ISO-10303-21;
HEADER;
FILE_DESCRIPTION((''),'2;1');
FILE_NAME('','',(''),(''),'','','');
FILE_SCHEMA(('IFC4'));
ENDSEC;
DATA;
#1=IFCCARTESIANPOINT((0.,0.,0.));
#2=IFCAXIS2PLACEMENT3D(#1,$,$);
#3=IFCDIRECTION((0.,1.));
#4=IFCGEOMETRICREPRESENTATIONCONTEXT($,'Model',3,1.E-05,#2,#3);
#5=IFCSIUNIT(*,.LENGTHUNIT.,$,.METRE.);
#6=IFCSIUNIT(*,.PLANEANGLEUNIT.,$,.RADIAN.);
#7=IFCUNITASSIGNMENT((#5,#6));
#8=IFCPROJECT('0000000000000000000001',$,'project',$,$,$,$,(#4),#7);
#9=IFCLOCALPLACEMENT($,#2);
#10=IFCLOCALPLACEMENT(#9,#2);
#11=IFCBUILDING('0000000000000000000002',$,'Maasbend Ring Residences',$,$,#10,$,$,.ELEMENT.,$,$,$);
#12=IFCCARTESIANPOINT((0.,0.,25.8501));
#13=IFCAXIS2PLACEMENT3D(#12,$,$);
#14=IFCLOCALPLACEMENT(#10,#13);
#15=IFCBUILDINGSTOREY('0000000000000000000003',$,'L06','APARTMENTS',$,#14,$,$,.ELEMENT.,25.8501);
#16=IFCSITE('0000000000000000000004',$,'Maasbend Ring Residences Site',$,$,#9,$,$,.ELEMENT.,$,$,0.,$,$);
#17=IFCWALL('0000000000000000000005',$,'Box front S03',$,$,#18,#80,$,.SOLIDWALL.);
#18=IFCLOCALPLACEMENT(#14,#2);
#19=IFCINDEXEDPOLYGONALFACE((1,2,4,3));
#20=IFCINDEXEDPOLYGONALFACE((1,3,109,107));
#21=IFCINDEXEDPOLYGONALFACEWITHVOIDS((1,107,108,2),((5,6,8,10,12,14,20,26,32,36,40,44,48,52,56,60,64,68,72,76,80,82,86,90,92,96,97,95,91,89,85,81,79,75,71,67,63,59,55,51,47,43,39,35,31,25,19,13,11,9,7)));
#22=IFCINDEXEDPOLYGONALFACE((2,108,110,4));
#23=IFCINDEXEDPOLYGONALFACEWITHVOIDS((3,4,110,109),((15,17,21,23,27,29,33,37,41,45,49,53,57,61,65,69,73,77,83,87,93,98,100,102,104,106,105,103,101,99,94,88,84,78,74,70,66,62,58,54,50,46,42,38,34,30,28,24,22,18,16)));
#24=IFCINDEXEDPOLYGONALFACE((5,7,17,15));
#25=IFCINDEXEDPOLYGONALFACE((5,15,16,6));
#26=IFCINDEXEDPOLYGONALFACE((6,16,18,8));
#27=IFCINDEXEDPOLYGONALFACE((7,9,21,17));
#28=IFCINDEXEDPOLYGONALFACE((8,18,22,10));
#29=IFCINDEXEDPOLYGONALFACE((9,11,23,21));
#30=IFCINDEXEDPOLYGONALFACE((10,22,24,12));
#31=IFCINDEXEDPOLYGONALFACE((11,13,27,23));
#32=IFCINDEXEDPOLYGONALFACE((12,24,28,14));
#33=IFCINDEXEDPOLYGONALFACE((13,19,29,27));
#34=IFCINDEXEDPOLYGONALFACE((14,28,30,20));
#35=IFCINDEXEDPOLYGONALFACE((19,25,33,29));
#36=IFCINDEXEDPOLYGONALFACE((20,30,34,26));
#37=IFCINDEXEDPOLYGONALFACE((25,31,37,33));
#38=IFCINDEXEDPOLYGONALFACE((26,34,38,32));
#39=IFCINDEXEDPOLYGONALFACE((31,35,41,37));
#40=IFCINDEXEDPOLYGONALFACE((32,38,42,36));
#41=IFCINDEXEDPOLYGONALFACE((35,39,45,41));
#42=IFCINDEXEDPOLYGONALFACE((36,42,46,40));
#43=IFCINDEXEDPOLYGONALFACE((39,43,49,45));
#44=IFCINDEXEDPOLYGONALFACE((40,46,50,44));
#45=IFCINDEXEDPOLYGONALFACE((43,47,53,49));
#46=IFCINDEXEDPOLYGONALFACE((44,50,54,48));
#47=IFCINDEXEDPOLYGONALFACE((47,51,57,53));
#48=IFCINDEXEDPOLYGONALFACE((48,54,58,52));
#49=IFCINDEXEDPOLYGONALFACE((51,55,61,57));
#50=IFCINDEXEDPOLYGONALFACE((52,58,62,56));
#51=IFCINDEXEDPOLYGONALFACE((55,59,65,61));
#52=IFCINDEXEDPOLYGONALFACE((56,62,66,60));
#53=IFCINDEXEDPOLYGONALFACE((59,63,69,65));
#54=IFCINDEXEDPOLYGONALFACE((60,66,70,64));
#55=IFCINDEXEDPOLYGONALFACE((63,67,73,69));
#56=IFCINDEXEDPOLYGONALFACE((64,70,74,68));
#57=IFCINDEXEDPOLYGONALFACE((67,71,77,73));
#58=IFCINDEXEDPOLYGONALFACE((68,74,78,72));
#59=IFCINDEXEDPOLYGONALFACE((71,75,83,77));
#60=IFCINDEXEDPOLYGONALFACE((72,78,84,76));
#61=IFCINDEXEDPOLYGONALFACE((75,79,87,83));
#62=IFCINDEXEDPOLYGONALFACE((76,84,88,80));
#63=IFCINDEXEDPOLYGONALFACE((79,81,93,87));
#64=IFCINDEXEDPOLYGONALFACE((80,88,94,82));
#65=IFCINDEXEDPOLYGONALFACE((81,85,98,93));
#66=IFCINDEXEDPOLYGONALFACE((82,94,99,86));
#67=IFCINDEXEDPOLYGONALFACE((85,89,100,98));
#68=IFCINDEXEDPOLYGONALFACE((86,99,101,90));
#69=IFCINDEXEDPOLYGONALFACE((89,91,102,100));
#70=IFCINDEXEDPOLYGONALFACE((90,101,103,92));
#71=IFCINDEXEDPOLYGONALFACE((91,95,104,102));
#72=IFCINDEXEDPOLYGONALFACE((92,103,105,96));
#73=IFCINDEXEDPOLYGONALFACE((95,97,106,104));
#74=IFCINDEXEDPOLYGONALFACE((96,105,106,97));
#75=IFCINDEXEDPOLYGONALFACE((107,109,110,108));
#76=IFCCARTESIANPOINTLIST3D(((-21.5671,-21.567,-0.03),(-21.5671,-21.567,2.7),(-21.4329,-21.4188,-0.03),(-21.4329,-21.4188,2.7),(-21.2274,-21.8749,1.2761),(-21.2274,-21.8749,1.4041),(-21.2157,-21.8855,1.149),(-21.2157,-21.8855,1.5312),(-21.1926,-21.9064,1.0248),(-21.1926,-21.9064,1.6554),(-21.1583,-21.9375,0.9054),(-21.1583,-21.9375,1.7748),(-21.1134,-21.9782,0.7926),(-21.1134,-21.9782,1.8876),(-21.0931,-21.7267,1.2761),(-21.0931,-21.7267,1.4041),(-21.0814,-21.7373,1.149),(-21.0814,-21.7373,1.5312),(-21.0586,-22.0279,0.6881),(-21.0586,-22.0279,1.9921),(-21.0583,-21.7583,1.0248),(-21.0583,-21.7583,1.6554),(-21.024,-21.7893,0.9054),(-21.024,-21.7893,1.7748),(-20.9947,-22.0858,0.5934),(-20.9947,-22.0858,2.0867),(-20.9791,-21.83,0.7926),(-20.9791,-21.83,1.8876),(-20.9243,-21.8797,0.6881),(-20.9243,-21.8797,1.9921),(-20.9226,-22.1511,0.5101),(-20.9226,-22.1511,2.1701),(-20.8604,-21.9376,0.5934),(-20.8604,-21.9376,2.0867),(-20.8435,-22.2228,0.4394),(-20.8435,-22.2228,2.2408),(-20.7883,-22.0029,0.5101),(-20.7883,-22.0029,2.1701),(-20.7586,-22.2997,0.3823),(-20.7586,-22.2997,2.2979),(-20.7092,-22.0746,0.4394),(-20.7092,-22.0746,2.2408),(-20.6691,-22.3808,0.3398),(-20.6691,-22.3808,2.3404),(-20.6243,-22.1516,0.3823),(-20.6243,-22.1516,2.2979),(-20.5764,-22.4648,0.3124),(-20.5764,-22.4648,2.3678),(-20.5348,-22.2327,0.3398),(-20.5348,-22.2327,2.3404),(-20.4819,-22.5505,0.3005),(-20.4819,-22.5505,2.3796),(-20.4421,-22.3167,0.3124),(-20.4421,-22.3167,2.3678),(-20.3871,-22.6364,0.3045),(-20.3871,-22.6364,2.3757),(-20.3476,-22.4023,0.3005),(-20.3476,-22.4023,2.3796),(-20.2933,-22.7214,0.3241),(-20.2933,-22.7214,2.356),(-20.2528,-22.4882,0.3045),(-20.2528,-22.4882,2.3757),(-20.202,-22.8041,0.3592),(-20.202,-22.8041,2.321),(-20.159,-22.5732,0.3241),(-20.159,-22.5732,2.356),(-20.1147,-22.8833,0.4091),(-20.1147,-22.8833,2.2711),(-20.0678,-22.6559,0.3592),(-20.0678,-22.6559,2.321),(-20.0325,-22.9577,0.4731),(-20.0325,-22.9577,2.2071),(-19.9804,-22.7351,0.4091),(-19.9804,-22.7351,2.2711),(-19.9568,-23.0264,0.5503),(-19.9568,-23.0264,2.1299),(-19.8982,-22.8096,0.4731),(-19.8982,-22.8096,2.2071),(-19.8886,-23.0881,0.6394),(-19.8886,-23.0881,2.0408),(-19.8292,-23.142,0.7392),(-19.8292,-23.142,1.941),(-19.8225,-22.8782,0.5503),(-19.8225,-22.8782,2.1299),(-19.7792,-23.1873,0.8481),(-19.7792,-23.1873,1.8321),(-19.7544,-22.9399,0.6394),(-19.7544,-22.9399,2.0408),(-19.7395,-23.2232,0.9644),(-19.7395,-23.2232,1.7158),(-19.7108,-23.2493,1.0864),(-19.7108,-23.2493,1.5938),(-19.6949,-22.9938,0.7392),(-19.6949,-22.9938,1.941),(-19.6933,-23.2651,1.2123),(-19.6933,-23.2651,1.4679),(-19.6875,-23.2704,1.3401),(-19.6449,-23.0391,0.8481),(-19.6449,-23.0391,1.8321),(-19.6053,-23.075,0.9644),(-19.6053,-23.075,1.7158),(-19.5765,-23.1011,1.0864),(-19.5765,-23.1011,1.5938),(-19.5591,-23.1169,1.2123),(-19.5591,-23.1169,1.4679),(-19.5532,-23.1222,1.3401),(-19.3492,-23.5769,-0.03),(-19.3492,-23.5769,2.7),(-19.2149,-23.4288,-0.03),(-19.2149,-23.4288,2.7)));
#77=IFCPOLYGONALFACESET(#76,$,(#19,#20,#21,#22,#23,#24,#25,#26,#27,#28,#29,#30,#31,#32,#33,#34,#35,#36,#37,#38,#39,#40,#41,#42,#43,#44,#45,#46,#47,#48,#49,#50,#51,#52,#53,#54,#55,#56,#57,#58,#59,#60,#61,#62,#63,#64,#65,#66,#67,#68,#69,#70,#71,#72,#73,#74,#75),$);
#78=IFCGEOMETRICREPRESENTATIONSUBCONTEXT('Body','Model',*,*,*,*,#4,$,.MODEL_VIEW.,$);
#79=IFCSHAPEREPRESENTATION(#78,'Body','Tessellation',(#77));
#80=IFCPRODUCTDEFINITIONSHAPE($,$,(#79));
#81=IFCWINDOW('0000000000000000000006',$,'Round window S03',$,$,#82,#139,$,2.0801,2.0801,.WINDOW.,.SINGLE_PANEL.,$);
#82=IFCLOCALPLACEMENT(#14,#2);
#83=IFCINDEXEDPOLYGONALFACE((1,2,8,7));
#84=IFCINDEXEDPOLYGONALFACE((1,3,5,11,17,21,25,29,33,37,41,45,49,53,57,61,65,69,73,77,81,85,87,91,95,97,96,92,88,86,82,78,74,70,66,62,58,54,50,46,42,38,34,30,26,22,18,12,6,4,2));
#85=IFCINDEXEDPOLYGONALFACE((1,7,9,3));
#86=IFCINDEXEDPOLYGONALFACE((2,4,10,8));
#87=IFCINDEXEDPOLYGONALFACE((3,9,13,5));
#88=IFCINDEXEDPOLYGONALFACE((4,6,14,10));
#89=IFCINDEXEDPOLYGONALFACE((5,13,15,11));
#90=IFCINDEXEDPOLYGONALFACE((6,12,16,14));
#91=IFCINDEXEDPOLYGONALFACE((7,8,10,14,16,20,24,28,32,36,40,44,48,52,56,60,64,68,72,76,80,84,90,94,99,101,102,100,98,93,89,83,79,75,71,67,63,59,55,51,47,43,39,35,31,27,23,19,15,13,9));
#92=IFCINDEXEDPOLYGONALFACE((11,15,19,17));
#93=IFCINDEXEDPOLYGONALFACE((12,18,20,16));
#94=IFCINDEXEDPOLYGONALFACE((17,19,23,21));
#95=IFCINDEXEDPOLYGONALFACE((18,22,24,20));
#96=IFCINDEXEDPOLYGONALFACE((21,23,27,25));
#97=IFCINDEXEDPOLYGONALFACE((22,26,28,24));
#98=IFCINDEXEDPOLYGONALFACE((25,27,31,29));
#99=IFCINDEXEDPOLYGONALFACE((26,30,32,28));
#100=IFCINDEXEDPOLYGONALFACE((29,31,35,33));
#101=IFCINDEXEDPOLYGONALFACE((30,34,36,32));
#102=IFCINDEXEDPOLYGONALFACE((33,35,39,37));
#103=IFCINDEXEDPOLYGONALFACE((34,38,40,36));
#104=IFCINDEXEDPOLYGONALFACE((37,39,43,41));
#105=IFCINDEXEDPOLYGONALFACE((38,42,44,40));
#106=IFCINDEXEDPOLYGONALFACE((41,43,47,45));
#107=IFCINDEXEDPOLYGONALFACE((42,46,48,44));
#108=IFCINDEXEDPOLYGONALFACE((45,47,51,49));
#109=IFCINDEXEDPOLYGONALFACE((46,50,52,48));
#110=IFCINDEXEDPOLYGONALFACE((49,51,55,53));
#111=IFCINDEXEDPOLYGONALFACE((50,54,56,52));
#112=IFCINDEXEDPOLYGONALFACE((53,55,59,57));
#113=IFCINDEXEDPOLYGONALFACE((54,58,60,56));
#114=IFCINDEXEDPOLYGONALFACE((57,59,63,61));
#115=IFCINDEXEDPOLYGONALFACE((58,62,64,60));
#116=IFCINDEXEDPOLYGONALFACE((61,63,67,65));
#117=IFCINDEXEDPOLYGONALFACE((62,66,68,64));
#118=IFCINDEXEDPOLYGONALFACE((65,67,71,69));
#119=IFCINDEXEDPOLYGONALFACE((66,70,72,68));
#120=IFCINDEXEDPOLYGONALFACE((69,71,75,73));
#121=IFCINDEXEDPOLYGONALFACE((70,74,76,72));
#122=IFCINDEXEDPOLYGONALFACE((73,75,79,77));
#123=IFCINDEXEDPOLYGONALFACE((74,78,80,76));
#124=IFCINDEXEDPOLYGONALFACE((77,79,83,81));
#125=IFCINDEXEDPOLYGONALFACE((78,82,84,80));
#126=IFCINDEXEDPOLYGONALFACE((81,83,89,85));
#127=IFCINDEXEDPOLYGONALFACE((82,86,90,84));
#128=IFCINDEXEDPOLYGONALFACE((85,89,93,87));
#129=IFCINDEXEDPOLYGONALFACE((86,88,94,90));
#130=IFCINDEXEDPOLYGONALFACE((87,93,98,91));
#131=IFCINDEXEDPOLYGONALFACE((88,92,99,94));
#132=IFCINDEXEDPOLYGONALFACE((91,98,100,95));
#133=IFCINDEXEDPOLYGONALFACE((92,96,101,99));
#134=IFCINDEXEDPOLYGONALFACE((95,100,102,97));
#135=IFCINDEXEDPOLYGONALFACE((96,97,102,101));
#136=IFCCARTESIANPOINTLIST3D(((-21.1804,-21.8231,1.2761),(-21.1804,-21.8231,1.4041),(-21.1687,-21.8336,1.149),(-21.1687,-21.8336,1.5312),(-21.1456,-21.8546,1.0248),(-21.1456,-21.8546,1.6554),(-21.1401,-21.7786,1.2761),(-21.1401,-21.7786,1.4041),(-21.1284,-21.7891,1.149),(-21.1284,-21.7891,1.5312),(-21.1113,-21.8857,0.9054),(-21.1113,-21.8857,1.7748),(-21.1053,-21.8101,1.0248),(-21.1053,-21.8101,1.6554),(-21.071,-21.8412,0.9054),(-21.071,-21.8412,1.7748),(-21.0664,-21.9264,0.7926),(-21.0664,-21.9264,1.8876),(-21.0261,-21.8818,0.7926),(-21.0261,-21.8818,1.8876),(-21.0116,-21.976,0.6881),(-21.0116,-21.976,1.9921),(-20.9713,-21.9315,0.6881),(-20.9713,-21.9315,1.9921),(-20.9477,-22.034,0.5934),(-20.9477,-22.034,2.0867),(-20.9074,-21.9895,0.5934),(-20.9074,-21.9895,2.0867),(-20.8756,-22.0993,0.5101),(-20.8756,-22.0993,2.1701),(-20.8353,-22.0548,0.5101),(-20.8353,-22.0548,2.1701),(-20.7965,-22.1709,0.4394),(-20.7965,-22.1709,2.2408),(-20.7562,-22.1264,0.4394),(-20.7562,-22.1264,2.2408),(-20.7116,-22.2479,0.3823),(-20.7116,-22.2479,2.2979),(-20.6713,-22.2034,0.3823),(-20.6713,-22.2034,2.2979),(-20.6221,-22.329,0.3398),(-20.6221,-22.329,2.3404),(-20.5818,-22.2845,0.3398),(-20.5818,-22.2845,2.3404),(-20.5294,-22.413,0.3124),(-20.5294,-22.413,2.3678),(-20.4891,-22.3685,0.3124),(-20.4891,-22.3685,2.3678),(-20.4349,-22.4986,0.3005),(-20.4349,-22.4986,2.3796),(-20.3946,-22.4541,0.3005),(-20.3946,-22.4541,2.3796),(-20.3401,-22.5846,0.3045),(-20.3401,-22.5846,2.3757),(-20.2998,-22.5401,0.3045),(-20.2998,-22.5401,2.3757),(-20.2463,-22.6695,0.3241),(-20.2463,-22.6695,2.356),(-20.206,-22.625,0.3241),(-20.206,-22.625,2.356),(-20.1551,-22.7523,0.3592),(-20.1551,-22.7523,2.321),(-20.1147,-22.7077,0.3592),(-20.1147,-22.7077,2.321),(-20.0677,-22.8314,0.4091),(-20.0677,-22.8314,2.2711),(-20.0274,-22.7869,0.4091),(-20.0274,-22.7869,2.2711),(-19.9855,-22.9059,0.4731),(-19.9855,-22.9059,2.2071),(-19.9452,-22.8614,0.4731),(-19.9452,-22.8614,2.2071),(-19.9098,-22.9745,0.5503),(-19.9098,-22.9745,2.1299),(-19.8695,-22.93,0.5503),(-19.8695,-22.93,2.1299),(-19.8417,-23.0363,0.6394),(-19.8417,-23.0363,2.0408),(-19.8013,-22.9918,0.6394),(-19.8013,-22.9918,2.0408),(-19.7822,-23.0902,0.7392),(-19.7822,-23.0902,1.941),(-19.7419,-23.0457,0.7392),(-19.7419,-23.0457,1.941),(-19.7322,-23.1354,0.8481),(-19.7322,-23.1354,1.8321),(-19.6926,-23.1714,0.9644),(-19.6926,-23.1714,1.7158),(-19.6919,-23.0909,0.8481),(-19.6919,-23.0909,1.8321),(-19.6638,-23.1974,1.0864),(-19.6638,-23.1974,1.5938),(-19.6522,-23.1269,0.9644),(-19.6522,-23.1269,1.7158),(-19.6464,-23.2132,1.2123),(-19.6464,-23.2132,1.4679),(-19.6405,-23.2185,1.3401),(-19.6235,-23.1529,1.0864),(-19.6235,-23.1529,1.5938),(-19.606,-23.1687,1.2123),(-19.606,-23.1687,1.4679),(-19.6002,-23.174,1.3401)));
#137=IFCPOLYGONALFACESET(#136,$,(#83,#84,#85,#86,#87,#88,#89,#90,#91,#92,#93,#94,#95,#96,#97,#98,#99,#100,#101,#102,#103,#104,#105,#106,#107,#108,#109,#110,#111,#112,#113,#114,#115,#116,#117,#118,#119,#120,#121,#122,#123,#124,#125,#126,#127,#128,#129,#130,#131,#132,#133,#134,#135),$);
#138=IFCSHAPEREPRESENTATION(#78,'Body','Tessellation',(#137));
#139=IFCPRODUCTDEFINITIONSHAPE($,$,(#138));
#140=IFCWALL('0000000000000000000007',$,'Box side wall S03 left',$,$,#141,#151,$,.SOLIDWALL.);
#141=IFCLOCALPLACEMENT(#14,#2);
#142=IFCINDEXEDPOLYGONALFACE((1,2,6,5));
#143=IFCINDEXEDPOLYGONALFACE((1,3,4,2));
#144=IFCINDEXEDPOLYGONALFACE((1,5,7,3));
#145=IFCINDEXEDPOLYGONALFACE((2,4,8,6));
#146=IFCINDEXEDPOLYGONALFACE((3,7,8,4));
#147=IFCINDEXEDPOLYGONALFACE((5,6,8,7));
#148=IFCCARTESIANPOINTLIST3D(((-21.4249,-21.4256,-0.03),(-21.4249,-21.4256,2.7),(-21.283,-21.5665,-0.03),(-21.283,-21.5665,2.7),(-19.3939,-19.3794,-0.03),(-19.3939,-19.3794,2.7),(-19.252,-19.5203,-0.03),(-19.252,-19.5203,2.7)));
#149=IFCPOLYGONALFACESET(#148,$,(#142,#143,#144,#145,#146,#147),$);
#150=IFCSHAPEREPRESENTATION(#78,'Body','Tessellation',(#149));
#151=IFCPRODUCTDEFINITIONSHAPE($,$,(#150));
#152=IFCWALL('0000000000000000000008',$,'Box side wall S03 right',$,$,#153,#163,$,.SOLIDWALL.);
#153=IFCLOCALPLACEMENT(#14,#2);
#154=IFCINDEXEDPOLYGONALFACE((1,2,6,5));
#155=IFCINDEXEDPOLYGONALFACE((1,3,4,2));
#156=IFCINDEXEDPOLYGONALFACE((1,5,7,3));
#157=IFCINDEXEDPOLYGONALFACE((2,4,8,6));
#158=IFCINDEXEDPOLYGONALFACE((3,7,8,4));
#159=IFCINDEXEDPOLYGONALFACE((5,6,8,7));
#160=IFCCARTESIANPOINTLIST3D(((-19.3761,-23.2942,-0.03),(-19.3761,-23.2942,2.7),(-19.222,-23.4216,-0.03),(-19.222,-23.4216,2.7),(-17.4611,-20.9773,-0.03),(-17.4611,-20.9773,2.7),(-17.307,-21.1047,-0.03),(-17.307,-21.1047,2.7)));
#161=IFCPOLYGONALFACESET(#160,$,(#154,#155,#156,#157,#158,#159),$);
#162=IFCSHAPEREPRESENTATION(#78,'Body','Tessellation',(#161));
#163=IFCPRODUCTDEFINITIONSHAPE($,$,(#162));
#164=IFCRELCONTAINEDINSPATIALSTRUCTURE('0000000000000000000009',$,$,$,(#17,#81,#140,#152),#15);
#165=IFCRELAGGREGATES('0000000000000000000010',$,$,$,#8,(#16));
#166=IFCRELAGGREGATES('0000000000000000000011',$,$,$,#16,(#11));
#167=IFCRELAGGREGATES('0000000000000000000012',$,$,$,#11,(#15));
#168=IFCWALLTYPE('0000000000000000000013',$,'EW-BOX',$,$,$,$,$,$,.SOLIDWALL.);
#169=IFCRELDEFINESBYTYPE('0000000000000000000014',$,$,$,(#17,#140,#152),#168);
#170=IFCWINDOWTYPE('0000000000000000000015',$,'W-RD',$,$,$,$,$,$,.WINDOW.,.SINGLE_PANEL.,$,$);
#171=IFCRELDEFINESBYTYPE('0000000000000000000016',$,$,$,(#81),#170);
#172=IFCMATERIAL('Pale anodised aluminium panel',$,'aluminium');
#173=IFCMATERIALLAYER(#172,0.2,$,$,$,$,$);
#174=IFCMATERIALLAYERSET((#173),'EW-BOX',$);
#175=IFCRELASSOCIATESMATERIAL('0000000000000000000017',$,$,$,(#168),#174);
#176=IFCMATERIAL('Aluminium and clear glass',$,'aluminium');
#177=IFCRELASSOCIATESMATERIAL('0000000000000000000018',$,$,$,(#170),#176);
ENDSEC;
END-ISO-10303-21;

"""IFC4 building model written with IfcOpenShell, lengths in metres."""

from ifc_helpers import new_model, si_unit, direction, frame, frame_2d, origin, place, context, subcontext, project, spatial, rectangle, circle, extrude, material, layer, layer_set, type_object, element, fill, save


model = new_model("IFC4")

# Units and contexts
model_context = context("Model", 3, precision=1e-05, world=origin(), true_north=direction((0.0, 1.0)))
body_context = subcontext(model_context, "Body", "Model", "MODEL_VIEW")
ifc_project = project(units=[si_unit("LENGTHUNIT", "METRE"), si_unit("PLANEANGLEUNIT", "RADIAN")], contexts=[model_context])

# Site, building, storey
site_placement = place(None, origin())
site = spatial("IfcSite", under=ifc_project, at=site_placement, Name="Maasbend Ring Residences Site", CompositionType="ELEMENT", RefElevation=0.0)
building_placement = place(site_placement, origin())
building = spatial("IfcBuilding", under=site, at=building_placement, Name="Maasbend Ring Residences", CompositionType="ELEMENT")
storey_placement = place(building_placement, frame((0.0, 0.0, 25.8501)))
storey = spatial("IfcBuildingStorey", under=building, at=storey_placement, Name="L06", Description="APARTMENTS", CompositionType="ELEMENT", Elevation=25.8501)

# Shared definitions
ifc_material_1 = material(Name="Pale anodised aluminium panel", Category="aluminium")
ifc_layer_1 = layer(ifc_material_1, 0.2)
ifc_layer_set_1 = layer_set([ifc_layer_1], Name="EW-BOX")
wall_type_1 = type_object("IfcWallType", Name="EW-BOX", PredefinedType="SOLIDWALL", material=ifc_layer_set_1)
ifc_material_2 = material(Name="Aluminium and clear glass", Category="aluminium")
window_type_1 = type_object("IfcWindowType", Name="W-RD", PartitioningType="SINGLE_PANEL", PredefinedType="WINDOW", material=ifc_material_2)

# Wall, opening, window
wall_1_placement = place(storey_placement, frame((-21.5, -21.4929, -0.03), z_axis=(0.0, 0.0, 1.0), x_axis=(0.740998, -0.671507, 0.0)))
wall_1 = element("IfcWall", 1, at=wall_1_placement, inside=storey, type_object=wall_type_1, Name="Box front S03", PredefinedType="SOLIDWALL", context=body_context, shape_type="SweptSolid", body=[
    extrude(rectangle(XDim=2.9932, YDim=0.2, at=frame_2d((1.4966, 0.0))), origin(), (0.0, 0.0, 1.0), 2.73),
])
opening_1_placement = place(wall_1_placement, frame((0.4565, 0.0, 0.3301)))
opening_1 = element("IfcOpeningElement", 2, at=opening_1_placement, cuts=wall_1, PredefinedType="OPENING", context=body_context, shape_type="SweptSolid", body=[
    extrude(circle(Radius=1.04, at=frame_2d((1.04, 1.04))), frame((0.0, 0.1099, 0.0), z_axis=(0.0, -1.0, 0.0), x_axis=(1.0, 0.0, 0.0)), (0.0, 0.0, 1.0), 0.22),
])
window_1_placement = place(opening_1_placement, origin())
window_1 = element("IfcWindow", 3, at=window_1_placement, inside=storey, type_object=window_type_1, Name="Round window S03", OverallHeight=2.0801, OverallWidth=2.0801, PartitioningType="SINGLE_PANEL", PredefinedType="WINDOW", context=body_context, shape_type="SweptSolid", body=[
    extrude(circle(Radius=1.04, at=frame_2d((1.04, 1.04))), frame((0.0, 0.03, 0.0), z_axis=(0.0, -1.0, 0.0), x_axis=(1.0, 0.0, 0.0)), (0.0, 0.0, 1.0), 0.0601),
])
fill(opening_1, window_1)

# Walls
wall_2_placement = place(storey_placement, frame((-19.323, -19.45, -0.03), z_axis=(0.0, 0.0, 1.0), x_axis=(-0.704477, -0.709727, 0.0)))
element("IfcWall", 4, at=wall_2_placement, inside=storey, type_object=wall_type_1, Name="Box side wall S03 left", PredefinedType="SOLIDWALL", context=body_context, shape_type="SweptSolid", body=[
    extrude(rectangle(XDim=2.8831, YDim=0.2, at=frame_2d((1.4414, 0.0))), origin(), (0.0, 0.0, 1.0), 2.73),
])
wall_3_placement = place(storey_placement, frame((-17.384, -21.041, -0.03), z_axis=(0.0, 0.0, 1.0), x_axis=(-0.637096, -0.770785, 0.0)))
element("IfcWall", 5, at=wall_3_placement, inside=storey, type_object=wall_type_1, Name="Box side wall S03 right", PredefinedType="SOLIDWALL", context=body_context, shape_type="SweptSolid", body=[
    extrude(rectangle(XDim=3.0059, YDim=0.2, at=frame_2d((1.5029, 0.0))), origin(), (0.0, 0.0, 1.0), 2.73),
])

save(model, "model.ifc")
